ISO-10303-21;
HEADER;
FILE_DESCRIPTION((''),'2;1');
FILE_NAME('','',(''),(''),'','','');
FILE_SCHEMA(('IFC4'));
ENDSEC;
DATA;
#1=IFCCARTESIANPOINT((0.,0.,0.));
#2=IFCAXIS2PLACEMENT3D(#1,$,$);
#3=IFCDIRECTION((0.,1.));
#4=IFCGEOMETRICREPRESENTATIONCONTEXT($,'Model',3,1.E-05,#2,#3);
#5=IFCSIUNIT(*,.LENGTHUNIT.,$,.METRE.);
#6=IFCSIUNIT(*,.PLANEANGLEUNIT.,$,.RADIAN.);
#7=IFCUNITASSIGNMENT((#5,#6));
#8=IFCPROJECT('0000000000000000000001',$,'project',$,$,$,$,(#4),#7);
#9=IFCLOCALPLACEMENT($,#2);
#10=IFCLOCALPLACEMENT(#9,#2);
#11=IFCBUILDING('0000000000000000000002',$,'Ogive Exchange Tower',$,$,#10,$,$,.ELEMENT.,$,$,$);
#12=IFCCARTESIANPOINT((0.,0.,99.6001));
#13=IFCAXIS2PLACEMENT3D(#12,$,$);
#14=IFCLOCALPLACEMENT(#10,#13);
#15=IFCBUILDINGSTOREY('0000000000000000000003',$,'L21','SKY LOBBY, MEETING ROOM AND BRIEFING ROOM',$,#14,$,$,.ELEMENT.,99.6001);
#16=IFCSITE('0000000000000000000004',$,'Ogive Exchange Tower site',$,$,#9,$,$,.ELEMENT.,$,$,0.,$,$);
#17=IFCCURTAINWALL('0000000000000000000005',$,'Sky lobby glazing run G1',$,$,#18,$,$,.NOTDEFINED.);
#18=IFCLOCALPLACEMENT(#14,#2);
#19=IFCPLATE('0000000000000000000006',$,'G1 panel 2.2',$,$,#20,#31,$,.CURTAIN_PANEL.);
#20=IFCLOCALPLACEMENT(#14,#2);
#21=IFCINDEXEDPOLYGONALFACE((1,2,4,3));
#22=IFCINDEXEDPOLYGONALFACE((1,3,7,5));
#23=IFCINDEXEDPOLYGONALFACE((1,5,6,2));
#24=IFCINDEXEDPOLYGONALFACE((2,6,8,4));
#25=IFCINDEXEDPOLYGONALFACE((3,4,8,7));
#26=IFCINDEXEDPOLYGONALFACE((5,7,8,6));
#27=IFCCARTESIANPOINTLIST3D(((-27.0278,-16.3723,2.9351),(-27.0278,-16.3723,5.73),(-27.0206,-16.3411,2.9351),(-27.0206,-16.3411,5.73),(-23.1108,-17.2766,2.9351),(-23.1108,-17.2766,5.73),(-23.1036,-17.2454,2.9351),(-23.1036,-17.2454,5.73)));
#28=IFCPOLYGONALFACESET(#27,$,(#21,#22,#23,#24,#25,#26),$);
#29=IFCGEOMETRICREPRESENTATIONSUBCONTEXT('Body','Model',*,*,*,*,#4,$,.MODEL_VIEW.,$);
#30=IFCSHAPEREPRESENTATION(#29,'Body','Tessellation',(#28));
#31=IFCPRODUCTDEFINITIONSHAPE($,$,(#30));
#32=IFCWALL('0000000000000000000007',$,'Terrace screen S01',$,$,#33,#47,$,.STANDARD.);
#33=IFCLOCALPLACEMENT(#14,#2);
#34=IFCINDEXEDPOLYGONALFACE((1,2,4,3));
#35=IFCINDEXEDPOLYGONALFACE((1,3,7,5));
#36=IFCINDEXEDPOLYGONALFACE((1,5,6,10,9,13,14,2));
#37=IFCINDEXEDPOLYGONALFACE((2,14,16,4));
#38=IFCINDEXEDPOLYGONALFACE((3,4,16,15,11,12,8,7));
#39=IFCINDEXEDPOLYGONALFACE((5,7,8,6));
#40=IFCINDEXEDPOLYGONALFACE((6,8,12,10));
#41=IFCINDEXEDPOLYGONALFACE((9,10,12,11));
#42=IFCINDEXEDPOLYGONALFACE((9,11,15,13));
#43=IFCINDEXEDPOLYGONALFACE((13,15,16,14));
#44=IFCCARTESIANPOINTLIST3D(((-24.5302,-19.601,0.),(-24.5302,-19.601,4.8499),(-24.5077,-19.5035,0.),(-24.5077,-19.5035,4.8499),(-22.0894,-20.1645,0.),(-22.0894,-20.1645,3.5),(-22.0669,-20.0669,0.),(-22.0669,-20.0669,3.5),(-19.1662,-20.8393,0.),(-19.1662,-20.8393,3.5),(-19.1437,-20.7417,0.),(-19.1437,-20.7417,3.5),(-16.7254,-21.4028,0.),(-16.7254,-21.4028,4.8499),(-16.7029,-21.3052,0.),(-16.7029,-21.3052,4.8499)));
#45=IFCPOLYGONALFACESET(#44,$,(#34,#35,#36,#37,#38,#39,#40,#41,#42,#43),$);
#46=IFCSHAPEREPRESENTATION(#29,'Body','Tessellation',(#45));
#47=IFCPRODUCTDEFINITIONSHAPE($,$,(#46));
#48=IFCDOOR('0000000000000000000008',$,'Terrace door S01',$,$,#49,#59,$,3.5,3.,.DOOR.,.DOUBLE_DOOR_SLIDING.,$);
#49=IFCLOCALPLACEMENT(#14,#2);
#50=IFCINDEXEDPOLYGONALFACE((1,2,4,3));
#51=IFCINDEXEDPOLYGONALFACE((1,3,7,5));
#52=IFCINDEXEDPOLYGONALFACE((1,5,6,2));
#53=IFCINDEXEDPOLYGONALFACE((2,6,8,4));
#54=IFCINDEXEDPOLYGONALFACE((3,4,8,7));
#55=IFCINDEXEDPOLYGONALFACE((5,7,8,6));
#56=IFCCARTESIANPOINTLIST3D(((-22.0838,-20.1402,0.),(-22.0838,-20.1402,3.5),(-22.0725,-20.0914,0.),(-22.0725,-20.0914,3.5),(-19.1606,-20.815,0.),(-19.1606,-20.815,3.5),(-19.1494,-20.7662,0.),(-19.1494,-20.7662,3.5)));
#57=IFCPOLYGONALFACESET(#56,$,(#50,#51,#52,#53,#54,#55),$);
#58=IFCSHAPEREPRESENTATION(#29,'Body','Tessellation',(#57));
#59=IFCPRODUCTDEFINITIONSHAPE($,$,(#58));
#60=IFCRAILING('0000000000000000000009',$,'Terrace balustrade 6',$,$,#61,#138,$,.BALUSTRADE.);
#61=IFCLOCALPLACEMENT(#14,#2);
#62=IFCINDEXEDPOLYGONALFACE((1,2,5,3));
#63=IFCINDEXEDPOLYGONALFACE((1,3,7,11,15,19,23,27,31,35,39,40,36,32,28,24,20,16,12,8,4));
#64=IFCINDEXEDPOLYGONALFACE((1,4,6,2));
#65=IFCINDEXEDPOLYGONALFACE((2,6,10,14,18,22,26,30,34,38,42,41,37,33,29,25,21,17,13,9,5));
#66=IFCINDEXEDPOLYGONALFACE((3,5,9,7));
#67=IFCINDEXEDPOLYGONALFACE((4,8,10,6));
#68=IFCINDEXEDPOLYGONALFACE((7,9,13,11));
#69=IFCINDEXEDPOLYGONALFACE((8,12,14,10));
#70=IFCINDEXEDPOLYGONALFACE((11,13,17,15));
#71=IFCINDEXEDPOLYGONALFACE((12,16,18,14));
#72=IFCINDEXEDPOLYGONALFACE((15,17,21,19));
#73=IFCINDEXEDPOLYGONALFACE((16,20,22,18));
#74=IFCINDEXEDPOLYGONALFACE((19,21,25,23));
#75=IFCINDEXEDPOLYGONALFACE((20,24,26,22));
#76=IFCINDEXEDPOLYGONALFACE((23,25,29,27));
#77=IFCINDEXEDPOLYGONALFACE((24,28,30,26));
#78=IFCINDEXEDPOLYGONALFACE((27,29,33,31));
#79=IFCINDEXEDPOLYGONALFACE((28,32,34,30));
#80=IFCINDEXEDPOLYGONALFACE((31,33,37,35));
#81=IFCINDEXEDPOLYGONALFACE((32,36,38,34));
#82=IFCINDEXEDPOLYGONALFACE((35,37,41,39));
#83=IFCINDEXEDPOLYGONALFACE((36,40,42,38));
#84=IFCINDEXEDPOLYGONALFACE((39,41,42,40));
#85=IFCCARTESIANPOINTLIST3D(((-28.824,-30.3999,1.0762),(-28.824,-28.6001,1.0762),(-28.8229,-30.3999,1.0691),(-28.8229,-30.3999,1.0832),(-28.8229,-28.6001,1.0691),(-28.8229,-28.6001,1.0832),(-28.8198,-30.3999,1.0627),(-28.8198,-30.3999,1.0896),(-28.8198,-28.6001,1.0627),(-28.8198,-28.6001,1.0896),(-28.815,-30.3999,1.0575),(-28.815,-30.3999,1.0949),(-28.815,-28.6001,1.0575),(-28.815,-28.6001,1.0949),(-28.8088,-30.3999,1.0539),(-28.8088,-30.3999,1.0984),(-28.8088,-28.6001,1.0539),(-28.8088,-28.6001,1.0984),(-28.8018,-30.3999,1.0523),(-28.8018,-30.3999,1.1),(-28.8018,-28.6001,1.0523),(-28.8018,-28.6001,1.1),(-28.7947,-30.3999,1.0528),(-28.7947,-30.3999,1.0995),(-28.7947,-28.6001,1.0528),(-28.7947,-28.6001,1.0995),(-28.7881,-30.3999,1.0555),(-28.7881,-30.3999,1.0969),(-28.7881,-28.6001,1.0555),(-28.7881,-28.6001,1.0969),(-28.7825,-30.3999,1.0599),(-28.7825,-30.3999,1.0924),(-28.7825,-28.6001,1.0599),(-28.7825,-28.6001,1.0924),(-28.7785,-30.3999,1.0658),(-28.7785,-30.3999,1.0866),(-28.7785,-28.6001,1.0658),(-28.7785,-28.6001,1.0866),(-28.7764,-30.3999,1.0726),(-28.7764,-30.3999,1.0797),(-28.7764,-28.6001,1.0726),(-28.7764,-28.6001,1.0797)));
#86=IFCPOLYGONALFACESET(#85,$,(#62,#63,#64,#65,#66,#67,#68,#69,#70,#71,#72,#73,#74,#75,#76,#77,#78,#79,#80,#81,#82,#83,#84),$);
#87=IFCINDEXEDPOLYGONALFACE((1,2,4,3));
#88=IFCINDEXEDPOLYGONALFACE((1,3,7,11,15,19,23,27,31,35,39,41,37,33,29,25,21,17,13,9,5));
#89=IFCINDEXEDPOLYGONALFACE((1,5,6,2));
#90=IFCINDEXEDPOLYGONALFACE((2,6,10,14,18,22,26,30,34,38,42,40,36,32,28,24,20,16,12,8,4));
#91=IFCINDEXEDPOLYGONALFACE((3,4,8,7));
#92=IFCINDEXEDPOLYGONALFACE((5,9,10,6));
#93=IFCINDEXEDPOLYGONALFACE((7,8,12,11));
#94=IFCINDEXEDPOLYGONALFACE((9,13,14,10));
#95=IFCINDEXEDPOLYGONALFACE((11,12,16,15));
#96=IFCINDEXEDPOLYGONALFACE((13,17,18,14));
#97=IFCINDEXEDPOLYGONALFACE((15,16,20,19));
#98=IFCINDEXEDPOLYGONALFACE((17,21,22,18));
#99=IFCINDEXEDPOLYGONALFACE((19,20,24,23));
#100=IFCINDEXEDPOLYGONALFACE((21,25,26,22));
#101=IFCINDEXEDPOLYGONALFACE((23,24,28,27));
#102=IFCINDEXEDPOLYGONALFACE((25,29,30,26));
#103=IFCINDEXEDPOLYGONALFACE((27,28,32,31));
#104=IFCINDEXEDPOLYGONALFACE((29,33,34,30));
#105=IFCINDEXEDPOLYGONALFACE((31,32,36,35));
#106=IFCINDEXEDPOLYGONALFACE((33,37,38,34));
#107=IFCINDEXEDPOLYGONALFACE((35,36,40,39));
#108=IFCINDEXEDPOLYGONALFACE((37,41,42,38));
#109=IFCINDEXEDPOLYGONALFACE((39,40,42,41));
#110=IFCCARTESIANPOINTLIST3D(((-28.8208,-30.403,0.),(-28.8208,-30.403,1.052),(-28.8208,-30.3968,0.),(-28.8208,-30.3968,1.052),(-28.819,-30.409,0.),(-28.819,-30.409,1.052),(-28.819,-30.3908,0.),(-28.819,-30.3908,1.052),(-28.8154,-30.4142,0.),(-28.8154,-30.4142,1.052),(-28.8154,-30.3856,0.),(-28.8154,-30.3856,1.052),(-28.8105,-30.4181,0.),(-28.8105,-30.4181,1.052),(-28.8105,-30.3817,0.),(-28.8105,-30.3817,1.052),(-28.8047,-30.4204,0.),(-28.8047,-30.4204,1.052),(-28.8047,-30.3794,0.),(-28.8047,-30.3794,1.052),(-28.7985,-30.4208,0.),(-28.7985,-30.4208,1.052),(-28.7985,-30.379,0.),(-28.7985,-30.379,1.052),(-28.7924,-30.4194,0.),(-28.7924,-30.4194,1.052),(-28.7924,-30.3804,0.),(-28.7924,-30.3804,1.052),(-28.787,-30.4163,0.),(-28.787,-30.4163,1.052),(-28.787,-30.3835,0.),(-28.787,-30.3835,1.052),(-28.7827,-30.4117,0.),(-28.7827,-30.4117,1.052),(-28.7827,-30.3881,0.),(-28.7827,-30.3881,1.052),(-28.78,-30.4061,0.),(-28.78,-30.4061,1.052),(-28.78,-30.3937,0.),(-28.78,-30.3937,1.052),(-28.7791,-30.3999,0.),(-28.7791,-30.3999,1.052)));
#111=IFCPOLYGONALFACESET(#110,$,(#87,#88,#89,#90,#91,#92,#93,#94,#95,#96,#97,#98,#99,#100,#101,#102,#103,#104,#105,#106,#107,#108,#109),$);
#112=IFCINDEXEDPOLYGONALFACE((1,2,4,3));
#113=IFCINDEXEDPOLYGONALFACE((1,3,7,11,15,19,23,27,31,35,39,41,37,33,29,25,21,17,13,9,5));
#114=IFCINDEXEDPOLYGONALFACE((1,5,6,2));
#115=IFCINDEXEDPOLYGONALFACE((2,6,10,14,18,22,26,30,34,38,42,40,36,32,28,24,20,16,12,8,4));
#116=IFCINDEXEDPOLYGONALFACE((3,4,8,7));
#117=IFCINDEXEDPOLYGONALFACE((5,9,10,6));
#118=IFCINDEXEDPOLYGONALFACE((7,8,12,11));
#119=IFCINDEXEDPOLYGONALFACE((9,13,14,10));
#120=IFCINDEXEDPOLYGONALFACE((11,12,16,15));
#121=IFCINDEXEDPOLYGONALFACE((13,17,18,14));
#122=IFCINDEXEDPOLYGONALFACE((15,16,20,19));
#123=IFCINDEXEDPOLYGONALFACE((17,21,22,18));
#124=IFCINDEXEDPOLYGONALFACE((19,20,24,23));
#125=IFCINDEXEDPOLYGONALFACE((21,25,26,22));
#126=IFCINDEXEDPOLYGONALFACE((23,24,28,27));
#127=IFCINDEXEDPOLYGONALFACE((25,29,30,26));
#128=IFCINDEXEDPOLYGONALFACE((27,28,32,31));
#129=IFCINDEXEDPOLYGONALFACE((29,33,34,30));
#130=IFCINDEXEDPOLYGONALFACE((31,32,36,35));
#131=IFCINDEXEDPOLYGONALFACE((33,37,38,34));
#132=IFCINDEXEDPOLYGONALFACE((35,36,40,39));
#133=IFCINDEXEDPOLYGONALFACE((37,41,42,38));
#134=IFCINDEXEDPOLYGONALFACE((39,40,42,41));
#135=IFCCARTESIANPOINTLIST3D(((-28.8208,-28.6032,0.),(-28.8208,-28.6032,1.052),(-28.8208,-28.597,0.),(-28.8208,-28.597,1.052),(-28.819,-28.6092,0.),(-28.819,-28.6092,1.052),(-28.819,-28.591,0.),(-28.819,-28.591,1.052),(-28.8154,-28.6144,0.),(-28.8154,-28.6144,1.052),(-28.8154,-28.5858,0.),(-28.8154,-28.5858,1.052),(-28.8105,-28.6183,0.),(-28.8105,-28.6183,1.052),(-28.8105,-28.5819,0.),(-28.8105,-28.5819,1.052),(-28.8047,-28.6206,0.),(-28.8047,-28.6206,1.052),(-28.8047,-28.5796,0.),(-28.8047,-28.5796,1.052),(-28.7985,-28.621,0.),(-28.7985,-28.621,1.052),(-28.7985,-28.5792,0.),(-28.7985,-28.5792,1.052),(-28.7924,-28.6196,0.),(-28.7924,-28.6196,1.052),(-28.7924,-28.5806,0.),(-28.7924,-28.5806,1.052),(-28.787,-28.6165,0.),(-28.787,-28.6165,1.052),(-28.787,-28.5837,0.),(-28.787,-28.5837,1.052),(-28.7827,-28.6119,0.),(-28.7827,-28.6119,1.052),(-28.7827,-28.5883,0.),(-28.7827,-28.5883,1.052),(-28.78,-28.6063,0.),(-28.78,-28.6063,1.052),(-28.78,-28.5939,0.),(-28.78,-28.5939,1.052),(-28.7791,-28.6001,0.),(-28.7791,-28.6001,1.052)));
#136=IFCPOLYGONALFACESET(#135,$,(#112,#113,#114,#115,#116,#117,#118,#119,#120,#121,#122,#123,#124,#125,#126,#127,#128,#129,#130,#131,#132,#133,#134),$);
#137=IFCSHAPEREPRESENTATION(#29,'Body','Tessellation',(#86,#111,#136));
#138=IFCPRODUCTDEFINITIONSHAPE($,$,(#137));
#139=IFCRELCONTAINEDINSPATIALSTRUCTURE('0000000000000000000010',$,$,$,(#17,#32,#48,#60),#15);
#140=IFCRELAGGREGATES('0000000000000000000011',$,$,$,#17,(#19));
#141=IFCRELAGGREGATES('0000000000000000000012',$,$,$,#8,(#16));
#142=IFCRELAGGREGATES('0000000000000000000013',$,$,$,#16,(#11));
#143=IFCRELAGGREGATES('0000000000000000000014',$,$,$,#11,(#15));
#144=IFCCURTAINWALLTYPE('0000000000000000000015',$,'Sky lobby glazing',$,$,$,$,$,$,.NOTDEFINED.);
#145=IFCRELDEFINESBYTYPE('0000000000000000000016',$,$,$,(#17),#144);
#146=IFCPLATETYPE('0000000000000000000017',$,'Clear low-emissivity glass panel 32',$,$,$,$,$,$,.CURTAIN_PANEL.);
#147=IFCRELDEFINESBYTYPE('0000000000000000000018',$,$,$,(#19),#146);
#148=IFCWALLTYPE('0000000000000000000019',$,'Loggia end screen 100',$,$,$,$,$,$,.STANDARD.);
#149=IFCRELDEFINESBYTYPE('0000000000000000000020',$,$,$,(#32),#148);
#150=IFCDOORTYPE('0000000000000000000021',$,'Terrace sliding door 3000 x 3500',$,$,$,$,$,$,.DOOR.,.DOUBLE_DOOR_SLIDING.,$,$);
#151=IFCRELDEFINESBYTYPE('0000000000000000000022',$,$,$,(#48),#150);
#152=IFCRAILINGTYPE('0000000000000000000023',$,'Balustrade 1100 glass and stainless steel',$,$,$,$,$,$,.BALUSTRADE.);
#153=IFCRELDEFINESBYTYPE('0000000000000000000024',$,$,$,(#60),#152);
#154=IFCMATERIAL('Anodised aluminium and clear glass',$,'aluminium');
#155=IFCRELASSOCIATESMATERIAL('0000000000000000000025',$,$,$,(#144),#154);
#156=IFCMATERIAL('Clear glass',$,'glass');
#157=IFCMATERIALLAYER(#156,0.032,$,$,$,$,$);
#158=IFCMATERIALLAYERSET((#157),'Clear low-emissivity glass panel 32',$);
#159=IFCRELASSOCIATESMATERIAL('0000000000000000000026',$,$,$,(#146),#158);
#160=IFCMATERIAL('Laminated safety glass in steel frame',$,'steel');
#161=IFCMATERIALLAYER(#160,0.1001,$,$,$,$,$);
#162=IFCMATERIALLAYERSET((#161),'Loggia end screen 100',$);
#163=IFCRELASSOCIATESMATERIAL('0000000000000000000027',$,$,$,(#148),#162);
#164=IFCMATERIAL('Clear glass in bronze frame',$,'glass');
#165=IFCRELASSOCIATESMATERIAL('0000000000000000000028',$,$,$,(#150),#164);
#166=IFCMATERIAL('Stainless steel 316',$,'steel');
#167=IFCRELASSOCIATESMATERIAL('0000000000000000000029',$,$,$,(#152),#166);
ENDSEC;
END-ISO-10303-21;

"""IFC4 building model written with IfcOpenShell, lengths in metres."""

from ifc_helpers import new_model, si_unit, direction, frame, frame_2d, origin, origin_2d, place, context, subcontext, project, spatial, rectangle, circle, extrude, material, layer, layer_set, type_object, element, fill, aggregate, save


model = new_model("IFC4")

# Units and contexts
model_context = context("Model", 3, precision=1e-05, world=origin(), true_north=direction((0.0, 1.0)))
body_context = subcontext(model_context, "Body", "Model", "MODEL_VIEW")
ifc_project = project(units=[si_unit("LENGTHUNIT", "METRE"), si_unit("PLANEANGLEUNIT", "RADIAN")], contexts=[model_context])

# Site, building, storey
site_placement = place(None, origin())
site = spatial("IfcSite", under=ifc_project, at=site_placement, Name="Ogive Exchange Tower site", CompositionType="ELEMENT", RefElevation=0.0)
building_placement = place(site_placement, origin())
building = spatial("IfcBuilding", under=site, at=building_placement, Name="Ogive Exchange Tower", CompositionType="ELEMENT")
storey_placement = place(building_placement, frame((0.0, 0.0, 99.6001)))
storey = spatial("IfcBuildingStorey", under=building, at=storey_placement, Name="L21", Description="SKY LOBBY, MEETING ROOM AND BRIEFING ROOM", CompositionType="ELEMENT", Elevation=99.6001)

# Curtain wall, plate
ifc_material_1 = material(Name="Anodised aluminium and clear glass", Category="aluminium")
curtain_wall_type = type_object("IfcCurtainWallType", Name="Sky lobby glazing", PredefinedType="NOTDEFINED", material=ifc_material_1)
curtain_wall_placement = place(storey_placement, origin())
curtain_wall = element("IfcCurtainWall", 1, at=curtain_wall_placement, inside=storey, type_object=curtain_wall_type, Name="Sky lobby glazing run G1", PredefinedType="NOTDEFINED")
ifc_material_2 = material(Name="Clear glass", Category="glass")
ifc_layer_1 = layer(ifc_material_2, 0.032)
ifc_layer_set_1 = layer_set([ifc_layer_1], Name="Clear low-emissivity glass panel 32")
plate_type = type_object("IfcPlateType", Name="Clear low-emissivity glass panel 32", PredefinedType="CURTAIN_PANEL", material=ifc_layer_set_1)
plate_1_placement = place(storey_placement, frame((-25.0657, -16.8088, 2.9351), z_axis=(0.0, 0.0, 1.0), x_axis=(0.974371, -0.224947, 0.0)))
plate_1 = element("IfcPlate", 2, at=plate_1_placement, type_object=plate_type, Name="G1 panel 2.2", PredefinedType="CURTAIN_PANEL", context=body_context, shape_type="SweptSolid", body=[
    extrude(rectangle(XDim=4.02, YDim=0.032, at=origin_2d()), origin(), (0.0, 0.0, 1.0), 2.7949),
])
aggregate(curtain_wall, [plate_1])

# Wall, opening, door
ifc_material_3 = material(Name="Laminated safety glass in steel frame", Category="steel")
ifc_layer_2 = layer(ifc_material_3, 0.1001)
ifc_layer_set_2 = layer_set([ifc_layer_2], Name="Loggia end screen 100")
wall_type = type_object("IfcWallType", Name="Loggia end screen 100", PredefinedType="STANDARD", material=ifc_layer_set_2)
wall_placement = place(storey_placement, frame((-24.5188, -19.5522, 0.0), z_axis=(0.0, 0.0, 1.0), x_axis=(0.974373, -0.22494, 0.0)))
wall = element("IfcWall", 3, at=wall_placement, inside=storey, type_object=wall_type, Name="Terrace screen S01", PredefinedType="STANDARD", context=body_context, shape_type="SweptSolid", body=[
    extrude(rectangle(XDim=8.01, YDim=0.1001, at=frame_2d((4.0049, 0.0))), origin(), (0.0, 0.0, 1.0), 4.8499),
])
opening_placement = place(wall_placement, frame((2.5049, 0.0, 0.0)))
opening = element("IfcOpeningElement", 4, at=opening_placement, cuts=wall, PredefinedType="OPENING", context=body_context, shape_type="SweptSolid", body=[
    extrude(rectangle(XDim=3.0, YDim=3.5, at=frame_2d((1.5, 1.75))), frame((0.0, 0.0601, 0.0), z_axis=(0.0, -1.0, 0.0), x_axis=(1.0, 0.0, 0.0)), (0.0, 0.0, 1.0), 0.1201),
])
ifc_material_4 = material(Name="Clear glass in bronze frame", Category="glass")
door_type = type_object("IfcDoorType", Name="Terrace sliding door 3000 x 3500", OperationType="DOUBLE_DOOR_SLIDING", PredefinedType="DOOR", material=ifc_material_4)
door_placement = place(opening_placement, origin())
door = element("IfcDoor", 5, at=door_placement, inside=storey, type_object=door_type, Name="Terrace door S01", OperationType="DOUBLE_DOOR_SLIDING", OverallHeight=3.5, OverallWidth=3.0, PredefinedType="DOOR", context=body_context, shape_type="SweptSolid", body=[
    extrude(rectangle(XDim=3.0, YDim=3.5, at=frame_2d((1.5, 1.75))), frame((0.0, 0.0249, 0.0), z_axis=(0.0, -1.0, 0.0), x_axis=(1.0, 0.0, 0.0)), (0.0, 0.0, 1.0), 0.05),
])
fill(opening, door)

# Railing
ifc_material_5 = material(Name="Stainless steel 316", Category="steel")
railing_type = type_object("IfcRailingType", Name="Balustrade 1100 glass and stainless steel", PredefinedType="BALUSTRADE", material=ifc_material_5)
railing_1_placement = place(storey_placement, frame((-28.8, -30.3999, 0.0)))
element("IfcRailing", 6, at=railing_1_placement, inside=storey, type_object=railing_type, Name="Terrace balustrade 6", PredefinedType="BALUSTRADE", context=body_context, shape_type="SweptSolid", body=[
    extrude(circle(Radius=0.0239, at=origin_2d()), frame((0.0, 0.0, 1.0762), z_axis=(0.0, 1.0, 0.0), x_axis=(-1.0, 0.0, 0.0)), (0.0, 0.0, 1.0), 1.7998),
    extrude(circle(Radius=0.021, at=origin_2d()), origin(), (0.0, 0.0, 1.0), 1.052),
    extrude(circle(Radius=0.021, at=origin_2d()), frame((0.0, 1.7998, 0.0)), (0.0, 0.0, 1.0), 1.052),
])

save(model, "model.ifc")
